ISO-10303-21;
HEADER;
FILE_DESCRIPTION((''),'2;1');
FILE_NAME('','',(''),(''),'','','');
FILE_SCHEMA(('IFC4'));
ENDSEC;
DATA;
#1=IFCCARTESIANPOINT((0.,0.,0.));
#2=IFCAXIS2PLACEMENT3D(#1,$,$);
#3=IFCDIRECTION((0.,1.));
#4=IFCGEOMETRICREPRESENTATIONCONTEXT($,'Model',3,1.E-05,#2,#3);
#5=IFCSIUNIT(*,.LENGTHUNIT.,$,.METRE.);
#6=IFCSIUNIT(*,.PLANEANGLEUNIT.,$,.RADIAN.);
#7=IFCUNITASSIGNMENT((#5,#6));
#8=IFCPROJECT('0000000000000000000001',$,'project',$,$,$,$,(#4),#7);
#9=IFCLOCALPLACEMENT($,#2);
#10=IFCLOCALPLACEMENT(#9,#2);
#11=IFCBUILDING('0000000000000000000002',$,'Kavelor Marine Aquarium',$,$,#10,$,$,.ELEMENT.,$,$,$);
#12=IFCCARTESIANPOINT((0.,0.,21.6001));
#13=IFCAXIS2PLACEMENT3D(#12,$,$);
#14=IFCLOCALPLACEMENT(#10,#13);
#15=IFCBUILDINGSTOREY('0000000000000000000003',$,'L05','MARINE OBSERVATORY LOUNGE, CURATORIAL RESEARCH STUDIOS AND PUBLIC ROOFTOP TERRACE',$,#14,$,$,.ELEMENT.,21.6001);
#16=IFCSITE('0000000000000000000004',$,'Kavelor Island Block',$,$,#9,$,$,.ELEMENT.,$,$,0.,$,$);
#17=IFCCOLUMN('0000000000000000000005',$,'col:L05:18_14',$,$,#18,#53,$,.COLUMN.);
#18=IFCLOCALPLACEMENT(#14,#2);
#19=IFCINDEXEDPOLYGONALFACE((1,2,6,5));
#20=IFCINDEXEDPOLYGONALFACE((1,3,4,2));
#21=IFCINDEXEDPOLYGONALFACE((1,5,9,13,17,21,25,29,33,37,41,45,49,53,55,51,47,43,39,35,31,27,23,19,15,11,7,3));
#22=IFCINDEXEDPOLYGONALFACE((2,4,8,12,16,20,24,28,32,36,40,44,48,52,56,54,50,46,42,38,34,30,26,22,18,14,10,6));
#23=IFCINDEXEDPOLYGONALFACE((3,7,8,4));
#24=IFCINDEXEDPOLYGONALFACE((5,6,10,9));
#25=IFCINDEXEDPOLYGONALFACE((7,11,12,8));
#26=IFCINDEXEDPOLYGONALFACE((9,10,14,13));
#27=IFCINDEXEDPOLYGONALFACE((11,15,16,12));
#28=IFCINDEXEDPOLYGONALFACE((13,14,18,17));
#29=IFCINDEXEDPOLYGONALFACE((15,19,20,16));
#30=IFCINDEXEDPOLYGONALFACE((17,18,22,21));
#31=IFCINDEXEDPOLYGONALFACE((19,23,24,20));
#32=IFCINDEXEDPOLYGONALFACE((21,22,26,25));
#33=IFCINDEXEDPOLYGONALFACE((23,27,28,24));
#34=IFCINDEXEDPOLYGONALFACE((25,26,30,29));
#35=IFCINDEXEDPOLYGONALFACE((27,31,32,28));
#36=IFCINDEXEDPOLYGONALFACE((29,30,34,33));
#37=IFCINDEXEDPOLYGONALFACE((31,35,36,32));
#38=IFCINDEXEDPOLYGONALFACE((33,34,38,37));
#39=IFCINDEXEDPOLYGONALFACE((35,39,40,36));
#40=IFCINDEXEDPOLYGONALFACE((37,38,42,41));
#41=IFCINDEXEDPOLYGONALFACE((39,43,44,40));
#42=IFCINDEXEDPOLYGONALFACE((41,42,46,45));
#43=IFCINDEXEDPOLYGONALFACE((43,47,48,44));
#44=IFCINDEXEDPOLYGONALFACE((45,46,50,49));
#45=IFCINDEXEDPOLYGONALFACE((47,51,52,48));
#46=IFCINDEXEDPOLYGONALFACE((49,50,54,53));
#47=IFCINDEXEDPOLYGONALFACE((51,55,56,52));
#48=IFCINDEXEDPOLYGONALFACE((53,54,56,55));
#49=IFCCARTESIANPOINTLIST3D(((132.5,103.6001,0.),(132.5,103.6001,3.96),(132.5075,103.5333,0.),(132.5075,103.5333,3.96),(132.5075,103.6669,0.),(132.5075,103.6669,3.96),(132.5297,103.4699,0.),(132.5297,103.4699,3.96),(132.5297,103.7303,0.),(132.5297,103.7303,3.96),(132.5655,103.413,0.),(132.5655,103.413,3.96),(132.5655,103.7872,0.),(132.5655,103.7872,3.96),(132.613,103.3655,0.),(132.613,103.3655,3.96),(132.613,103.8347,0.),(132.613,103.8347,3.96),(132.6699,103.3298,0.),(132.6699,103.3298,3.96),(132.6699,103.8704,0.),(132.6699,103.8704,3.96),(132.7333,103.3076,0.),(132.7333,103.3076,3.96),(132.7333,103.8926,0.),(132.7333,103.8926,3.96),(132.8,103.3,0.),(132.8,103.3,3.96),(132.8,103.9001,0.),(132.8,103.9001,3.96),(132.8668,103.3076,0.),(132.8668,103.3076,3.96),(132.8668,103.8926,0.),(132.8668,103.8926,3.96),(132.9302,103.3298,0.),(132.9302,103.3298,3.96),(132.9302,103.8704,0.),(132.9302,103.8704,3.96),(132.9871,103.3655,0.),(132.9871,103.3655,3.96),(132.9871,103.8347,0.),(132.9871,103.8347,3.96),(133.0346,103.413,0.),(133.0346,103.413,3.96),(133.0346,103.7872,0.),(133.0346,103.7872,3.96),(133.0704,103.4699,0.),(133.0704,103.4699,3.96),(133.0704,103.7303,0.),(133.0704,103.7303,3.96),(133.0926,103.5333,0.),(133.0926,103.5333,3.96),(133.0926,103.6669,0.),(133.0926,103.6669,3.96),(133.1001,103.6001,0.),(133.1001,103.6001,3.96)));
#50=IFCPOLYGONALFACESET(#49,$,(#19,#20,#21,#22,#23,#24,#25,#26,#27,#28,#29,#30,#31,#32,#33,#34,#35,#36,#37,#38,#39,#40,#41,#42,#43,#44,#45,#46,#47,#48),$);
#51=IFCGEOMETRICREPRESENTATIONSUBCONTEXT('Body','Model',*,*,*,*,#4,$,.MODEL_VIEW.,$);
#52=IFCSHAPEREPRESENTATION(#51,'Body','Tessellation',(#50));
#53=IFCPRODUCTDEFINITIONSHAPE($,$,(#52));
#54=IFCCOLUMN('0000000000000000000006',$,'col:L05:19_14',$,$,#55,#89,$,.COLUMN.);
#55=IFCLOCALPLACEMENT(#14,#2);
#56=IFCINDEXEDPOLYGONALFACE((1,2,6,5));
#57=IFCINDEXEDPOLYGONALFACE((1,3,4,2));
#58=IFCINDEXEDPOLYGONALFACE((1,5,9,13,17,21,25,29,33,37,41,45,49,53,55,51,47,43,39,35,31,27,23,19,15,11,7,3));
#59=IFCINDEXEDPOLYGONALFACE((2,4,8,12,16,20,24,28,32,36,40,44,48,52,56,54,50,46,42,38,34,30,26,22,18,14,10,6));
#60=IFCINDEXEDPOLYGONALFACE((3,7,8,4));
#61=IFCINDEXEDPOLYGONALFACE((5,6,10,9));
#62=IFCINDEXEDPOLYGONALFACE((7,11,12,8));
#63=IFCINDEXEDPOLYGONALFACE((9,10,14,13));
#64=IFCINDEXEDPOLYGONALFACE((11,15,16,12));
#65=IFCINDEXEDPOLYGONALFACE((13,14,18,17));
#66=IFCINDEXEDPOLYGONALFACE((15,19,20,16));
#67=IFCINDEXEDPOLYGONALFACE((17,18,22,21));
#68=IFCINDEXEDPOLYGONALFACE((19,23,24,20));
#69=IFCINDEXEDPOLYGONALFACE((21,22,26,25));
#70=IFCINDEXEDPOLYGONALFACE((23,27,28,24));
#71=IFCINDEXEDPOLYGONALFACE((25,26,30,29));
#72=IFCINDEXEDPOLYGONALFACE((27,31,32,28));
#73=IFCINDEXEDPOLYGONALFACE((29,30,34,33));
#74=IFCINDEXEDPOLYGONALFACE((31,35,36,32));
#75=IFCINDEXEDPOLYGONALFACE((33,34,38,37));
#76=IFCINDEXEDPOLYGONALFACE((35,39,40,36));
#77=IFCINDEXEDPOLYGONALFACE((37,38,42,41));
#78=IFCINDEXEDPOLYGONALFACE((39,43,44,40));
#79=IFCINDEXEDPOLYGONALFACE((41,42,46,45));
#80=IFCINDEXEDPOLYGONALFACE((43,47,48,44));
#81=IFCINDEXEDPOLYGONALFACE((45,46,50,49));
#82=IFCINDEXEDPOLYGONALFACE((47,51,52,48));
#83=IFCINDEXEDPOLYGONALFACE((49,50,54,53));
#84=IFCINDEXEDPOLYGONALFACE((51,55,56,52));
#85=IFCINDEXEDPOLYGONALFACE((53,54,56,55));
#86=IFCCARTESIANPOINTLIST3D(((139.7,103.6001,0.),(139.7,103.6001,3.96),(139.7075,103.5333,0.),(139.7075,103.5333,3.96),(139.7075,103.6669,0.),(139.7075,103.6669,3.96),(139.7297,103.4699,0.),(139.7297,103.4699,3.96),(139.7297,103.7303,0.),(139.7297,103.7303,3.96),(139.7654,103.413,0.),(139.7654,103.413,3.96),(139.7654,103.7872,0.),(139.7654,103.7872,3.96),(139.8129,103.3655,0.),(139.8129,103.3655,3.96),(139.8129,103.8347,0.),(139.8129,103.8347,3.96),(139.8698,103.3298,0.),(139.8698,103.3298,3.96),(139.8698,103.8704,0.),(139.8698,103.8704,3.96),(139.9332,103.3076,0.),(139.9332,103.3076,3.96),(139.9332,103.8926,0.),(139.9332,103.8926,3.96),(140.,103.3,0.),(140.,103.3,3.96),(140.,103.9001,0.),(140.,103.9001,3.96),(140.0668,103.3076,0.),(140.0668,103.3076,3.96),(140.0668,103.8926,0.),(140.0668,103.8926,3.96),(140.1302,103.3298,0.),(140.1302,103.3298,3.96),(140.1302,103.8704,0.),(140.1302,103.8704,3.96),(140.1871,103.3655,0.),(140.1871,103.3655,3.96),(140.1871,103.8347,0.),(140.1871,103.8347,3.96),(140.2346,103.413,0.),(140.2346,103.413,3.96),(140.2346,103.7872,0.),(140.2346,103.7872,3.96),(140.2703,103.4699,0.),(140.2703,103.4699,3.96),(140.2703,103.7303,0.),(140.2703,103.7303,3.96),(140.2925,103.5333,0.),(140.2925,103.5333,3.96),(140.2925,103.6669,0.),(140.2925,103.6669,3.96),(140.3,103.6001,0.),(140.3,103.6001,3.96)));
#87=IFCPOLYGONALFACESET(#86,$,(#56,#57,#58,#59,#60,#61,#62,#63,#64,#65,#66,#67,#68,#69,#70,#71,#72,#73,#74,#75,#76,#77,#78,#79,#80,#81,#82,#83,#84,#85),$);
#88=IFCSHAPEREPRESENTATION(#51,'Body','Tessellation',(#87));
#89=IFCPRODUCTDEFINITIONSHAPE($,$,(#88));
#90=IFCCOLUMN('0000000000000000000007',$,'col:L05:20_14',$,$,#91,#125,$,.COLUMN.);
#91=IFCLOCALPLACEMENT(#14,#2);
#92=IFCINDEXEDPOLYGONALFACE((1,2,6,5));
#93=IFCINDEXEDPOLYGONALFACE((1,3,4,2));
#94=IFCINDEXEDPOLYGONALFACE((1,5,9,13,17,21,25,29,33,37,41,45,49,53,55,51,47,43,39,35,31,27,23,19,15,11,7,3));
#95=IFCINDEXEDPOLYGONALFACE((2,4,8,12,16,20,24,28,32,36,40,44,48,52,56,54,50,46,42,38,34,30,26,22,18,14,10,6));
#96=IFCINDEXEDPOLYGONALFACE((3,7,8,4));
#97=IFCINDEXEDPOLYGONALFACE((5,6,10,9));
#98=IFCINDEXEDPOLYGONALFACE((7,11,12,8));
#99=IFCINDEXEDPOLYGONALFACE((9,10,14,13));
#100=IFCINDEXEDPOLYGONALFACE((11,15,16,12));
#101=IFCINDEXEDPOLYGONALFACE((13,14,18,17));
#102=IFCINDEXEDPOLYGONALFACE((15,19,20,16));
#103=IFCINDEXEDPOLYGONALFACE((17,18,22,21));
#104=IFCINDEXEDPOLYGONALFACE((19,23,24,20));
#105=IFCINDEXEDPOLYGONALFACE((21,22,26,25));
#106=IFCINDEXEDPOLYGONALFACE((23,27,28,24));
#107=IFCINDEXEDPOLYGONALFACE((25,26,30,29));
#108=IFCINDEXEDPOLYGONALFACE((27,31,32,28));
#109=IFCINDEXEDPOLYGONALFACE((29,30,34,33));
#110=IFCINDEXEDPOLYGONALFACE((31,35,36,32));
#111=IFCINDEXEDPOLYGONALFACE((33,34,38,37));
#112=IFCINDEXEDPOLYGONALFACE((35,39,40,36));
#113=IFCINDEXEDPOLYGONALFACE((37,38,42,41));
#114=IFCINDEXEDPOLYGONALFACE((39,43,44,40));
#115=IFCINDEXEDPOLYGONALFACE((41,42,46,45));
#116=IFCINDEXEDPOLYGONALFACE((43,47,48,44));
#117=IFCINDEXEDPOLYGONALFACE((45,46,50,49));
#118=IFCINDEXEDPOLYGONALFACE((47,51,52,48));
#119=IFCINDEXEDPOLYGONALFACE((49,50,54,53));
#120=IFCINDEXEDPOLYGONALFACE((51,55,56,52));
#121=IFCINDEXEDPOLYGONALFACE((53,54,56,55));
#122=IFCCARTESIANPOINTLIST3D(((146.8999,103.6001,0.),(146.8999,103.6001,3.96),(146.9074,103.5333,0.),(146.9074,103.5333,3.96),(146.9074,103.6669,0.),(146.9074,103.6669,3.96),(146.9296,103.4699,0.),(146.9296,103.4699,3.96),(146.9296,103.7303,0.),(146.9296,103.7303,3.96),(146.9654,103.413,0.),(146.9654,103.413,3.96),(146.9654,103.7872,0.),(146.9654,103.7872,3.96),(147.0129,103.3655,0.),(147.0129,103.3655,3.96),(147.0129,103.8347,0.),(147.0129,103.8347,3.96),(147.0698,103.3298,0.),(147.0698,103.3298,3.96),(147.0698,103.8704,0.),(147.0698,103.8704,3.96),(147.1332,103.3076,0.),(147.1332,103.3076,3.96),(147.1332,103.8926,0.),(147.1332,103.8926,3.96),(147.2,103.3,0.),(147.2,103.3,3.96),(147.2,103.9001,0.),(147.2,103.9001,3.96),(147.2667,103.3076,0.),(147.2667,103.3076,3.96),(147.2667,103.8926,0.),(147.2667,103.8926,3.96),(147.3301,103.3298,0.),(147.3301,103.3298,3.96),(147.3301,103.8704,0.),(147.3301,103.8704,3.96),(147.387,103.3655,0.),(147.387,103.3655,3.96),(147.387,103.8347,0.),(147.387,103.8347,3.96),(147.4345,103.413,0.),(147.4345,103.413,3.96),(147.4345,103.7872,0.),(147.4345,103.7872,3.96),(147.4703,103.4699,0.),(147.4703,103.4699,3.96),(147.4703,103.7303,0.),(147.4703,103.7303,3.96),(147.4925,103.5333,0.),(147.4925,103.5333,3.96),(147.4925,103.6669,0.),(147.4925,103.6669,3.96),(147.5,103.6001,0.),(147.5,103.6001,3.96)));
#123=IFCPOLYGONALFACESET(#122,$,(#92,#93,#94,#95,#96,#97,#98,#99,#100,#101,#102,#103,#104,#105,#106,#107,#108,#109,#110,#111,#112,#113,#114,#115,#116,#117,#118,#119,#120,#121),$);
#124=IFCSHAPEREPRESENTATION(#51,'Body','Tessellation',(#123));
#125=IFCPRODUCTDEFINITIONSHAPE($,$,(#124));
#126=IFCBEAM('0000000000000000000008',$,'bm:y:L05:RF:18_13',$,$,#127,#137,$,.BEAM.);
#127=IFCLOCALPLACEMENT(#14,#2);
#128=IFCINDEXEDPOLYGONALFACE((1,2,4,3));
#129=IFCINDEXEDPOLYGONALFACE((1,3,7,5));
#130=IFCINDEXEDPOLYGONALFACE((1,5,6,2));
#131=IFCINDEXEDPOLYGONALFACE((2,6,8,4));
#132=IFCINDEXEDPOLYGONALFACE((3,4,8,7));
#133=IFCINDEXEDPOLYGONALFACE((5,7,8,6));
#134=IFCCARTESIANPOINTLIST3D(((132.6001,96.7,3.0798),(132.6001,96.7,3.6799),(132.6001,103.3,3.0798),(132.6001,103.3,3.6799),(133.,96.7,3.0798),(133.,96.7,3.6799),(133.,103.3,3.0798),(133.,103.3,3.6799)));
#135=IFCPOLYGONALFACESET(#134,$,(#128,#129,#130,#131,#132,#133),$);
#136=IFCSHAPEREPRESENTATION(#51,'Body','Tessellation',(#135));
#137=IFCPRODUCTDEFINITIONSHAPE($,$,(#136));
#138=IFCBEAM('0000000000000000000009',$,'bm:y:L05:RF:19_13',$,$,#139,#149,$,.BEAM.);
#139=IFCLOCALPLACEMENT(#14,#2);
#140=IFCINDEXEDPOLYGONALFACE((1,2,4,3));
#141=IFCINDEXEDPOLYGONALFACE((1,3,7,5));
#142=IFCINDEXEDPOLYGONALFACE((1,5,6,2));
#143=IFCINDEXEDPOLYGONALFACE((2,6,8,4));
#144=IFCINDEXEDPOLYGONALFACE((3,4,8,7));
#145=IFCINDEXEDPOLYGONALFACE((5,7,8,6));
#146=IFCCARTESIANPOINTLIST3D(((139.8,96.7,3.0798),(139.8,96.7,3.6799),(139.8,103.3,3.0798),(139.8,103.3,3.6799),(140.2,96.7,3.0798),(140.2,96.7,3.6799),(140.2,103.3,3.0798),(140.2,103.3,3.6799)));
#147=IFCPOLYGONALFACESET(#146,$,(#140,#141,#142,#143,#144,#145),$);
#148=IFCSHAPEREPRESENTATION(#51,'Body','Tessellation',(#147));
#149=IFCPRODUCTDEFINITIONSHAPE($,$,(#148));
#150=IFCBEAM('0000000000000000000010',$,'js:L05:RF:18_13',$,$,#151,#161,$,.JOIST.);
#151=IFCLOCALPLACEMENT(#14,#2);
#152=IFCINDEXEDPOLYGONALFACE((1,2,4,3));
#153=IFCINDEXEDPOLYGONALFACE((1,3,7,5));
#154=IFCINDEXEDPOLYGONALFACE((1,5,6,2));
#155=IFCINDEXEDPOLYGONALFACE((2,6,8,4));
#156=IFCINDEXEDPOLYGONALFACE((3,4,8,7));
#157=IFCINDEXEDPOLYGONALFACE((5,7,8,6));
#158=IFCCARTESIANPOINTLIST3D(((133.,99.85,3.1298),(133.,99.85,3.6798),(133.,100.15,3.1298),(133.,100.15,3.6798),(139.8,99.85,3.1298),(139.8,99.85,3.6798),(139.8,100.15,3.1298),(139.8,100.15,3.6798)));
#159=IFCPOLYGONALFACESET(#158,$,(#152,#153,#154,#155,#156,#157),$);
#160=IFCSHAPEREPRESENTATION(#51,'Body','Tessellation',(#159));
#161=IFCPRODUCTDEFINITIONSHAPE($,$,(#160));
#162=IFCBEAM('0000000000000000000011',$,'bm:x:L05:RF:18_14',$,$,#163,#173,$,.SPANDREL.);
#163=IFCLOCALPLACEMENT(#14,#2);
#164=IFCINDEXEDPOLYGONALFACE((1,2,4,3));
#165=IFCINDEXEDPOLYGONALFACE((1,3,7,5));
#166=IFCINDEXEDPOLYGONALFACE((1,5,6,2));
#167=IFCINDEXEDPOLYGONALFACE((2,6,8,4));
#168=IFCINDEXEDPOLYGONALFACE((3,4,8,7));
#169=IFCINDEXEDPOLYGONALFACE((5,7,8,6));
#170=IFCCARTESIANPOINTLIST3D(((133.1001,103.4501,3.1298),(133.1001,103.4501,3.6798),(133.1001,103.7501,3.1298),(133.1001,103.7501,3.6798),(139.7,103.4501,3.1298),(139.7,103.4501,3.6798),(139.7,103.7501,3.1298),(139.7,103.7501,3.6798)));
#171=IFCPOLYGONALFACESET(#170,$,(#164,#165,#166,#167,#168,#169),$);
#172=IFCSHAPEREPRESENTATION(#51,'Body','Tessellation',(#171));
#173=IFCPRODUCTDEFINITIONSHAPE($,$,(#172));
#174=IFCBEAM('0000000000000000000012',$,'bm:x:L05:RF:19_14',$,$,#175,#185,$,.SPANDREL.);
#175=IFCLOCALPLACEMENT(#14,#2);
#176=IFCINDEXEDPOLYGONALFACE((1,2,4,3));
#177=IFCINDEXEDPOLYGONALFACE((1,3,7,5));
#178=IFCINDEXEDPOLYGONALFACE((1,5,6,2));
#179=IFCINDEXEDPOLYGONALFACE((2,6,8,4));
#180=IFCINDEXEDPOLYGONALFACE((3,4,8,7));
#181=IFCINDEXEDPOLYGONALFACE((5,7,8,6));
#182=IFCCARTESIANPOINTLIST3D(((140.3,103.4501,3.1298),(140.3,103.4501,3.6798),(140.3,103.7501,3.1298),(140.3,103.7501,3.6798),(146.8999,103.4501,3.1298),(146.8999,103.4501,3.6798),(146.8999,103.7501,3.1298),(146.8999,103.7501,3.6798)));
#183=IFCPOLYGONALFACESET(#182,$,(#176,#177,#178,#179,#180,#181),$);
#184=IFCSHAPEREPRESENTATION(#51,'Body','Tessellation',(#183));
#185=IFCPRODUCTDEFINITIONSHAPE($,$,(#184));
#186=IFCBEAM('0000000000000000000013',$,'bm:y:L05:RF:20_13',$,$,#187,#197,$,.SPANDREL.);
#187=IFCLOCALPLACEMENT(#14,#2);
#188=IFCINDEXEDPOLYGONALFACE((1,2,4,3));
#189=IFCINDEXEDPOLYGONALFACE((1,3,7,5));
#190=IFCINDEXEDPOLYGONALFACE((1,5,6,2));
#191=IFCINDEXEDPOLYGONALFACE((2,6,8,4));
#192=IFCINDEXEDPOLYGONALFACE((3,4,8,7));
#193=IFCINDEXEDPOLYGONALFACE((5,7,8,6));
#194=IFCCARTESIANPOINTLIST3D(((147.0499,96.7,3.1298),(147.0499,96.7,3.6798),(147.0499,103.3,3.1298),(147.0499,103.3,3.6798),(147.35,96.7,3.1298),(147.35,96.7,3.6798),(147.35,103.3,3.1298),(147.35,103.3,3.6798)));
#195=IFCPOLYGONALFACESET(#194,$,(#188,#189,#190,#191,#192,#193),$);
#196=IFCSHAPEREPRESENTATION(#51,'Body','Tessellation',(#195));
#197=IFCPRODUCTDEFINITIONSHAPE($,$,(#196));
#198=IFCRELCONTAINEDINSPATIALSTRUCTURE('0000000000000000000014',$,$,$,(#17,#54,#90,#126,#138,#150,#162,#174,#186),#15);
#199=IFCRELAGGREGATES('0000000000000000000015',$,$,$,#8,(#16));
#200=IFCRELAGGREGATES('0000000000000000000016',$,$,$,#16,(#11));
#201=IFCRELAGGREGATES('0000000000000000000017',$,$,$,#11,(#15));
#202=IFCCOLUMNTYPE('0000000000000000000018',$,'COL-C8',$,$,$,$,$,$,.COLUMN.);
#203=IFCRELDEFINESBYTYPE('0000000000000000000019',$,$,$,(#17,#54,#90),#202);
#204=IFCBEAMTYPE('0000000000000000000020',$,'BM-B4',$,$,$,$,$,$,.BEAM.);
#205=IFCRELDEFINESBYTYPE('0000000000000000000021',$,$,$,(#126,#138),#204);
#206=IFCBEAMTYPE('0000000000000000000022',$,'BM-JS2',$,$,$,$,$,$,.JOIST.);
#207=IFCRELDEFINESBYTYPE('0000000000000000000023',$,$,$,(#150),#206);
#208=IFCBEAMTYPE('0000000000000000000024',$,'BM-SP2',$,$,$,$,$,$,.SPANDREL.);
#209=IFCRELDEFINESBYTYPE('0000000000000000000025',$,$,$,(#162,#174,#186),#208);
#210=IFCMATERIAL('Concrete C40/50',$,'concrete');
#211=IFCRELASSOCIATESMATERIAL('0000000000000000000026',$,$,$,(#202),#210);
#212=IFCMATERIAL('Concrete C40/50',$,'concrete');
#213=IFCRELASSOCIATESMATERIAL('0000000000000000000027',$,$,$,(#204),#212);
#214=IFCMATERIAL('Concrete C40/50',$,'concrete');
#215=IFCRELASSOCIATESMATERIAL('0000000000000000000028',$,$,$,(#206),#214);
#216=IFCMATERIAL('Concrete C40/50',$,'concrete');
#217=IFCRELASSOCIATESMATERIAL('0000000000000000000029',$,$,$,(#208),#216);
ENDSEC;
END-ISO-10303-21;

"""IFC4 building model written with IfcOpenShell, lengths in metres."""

from ifc_helpers import new_model, si_unit, direction, frame, origin, origin_2d, place, context, subcontext, project, spatial, rectangle, circle, extrude, material, material_profile, profile_set, type_object, element, save


model = new_model("IFC4")

# Units and contexts
model_context = context("Model", 3, precision=1e-05, world=origin(), true_north=direction((0.0, 1.0)))
body_context = subcontext(model_context, "Body", "Model", "MODEL_VIEW")
ifc_project = project(units=[si_unit("LENGTHUNIT", "METRE"), si_unit("PLANEANGLEUNIT", "RADIAN")], contexts=[model_context])

# Site, building, storey
site_placement = place(None, origin())
site = spatial("IfcSite", under=ifc_project, at=site_placement, Name="Kavelor Island Block", CompositionType="ELEMENT", RefElevation=0.0)
building_placement = place(site_placement, origin())
building = spatial("IfcBuilding", under=site, at=building_placement, Name="Kavelor Marine Aquarium", CompositionType="ELEMENT")
storey_placement = place(building_placement, frame((0.0, 0.0, 21.6001)))
storey = spatial("IfcBuildingStorey", under=building, at=storey_placement, Name="L05", Description="MARINE OBSERVATORY LOUNGE, CURATORIAL RESEARCH STUDIOS AND PUBLIC ROOFTOP TERRACE", CompositionType="ELEMENT", Elevation=21.6001)

# Columns
ifc_material_1 = material(Name="Concrete C40/50", Category="concrete")
ifc_material_profile_1 = material_profile(ifc_material_1, circle(Radius=0.3, at=origin_2d()), Name="RC-COL D600")
ifc_profile_set_1 = profile_set([ifc_material_profile_1], Name="Concrete C40/50")
column_type = type_object("IfcColumnType", Name="COL-C8", PredefinedType="COLUMN", material=ifc_profile_set_1)
for number, where, z_axis, x_axis, name in (
    (1, (132.8, 103.6001, 0.0), (0.0, 0.0, 1.0), (1.0, 0.0, 0.0), "col:L05:18_14"),
    (2, (140.0, 103.6001, 0.0), (0.0, 0.0, 1.0), (1.0, 0.0, 0.0), "col:L05:19_14"),
    (3, (147.2, 103.6001, 0.0), (0.0, 0.0, 1.0), (1.0, 0.0, 0.0), "col:L05:20_14"),
):
    element("IfcColumn", number, at=place(storey_placement, frame(where, z_axis=z_axis, x_axis=x_axis)), inside=storey, type_object=column_type, Name=name, PredefinedType="COLUMN", context=body_context, shape_type="SweptSolid", body=[
        extrude(circle(Radius=0.3, at=origin_2d()), origin(), (0.0, 0.0, 1.0), 3.96),
    ])

# Beams
ifc_material_2 = material(Name="Concrete C40/50", Category="concrete")
ifc_material_profile_2 = material_profile(ifc_material_2, rectangle(XDim=0.3999, YDim=0.6001, at=origin_2d()), Name="RC-BM 400x600")
ifc_profile_set_2 = profile_set([ifc_material_profile_2], Name="Concrete C40/50")
beam_type_1 = type_object("IfcBeamType", Name="BM-B4", PredefinedType="BEAM", material=ifc_profile_set_2)
for number, where, z_axis, x_axis, name in (
    (4, (132.8, 96.7, 3.3799), (0.0, 1.0, 0.0), (-1.0, 0.0, 0.0), "bm:y:L05:RF:18_13"),
    (5, (140.0, 96.7, 3.3799), (0.0, 1.0, 0.0), (-1.0, 0.0, 0.0), "bm:y:L05:RF:19_13"),
):
    element("IfcBeam", number, at=place(storey_placement, frame(where, z_axis=z_axis, x_axis=x_axis)), inside=storey, type_object=beam_type_1, Name=name, PredefinedType="BEAM", context=body_context, shape_type="SweptSolid", body=[
        extrude(rectangle(XDim=0.3999, YDim=0.6001, at=origin_2d()), origin(), (0.0, 0.0, 1.0), 6.6001),
    ])
ifc_material_3 = material(Name="Concrete C40/50", Category="concrete")
ifc_material_profile_3 = material_profile(ifc_material_3, rectangle(XDim=0.3, YDim=0.55, at=origin_2d()), Name="RC-JS 300x550")
ifc_profile_set_3 = profile_set([ifc_material_profile_3], Name="Concrete C40/50")
beam_type_2 = type_object("IfcBeamType", Name="BM-JS2", PredefinedType="JOIST", material=ifc_profile_set_3)
beam_1_placement = place(storey_placement, frame((133.0, 100.0, 3.4048), z_axis=(1.0, 0.0, 0.0), x_axis=(0.0, 1.0, 0.0)))
element("IfcBeam", 6, at=beam_1_placement, inside=storey, type_object=beam_type_2, Name="js:L05:RF:18_13", PredefinedType="JOIST", context=body_context, shape_type="SweptSolid", body=[
    extrude(rectangle(XDim=0.3, YDim=0.55, at=origin_2d()), origin(), (0.0, 0.0, 1.0), 6.8),
])
ifc_material_4 = material(Name="Concrete C40/50", Category="concrete")
ifc_material_profile_4 = material_profile(ifc_material_4, rectangle(XDim=0.3, YDim=0.55, at=origin_2d()), Name="RC-SP 300x550")
ifc_profile_set_4 = profile_set([ifc_material_profile_4], Name="Concrete C40/50")
beam_type_3 = type_object("IfcBeamType", Name="BM-SP2", PredefinedType="SPANDREL", material=ifc_profile_set_4)
for number, where, z_axis, x_axis, name in (
    (7, (133.1001, 103.6001, 3.4048), (1.0, 0.0, 0.0), (0.0, 1.0, 0.0), "bm:x:L05:RF:18_14"),
    (8, (140.3, 103.6001, 3.4048), (1.0, 0.0, 0.0), (0.0, 1.0, 0.0), "bm:x:L05:RF:19_14"),
):
    element("IfcBeam", number, at=place(storey_placement, frame(where, z_axis=z_axis, x_axis=x_axis)), inside=storey, type_object=beam_type_3, Name=name, PredefinedType="SPANDREL", context=body_context, shape_type="SweptSolid", body=[
        extrude(rectangle(XDim=0.3, YDim=0.55, at=origin_2d()), origin(), (0.0, 0.0, 1.0), 6.5999),
    ])
beam_2_placement = place(storey_placement, frame((147.2, 96.7, 3.4048), z_axis=(0.0, 1.0, 0.0), x_axis=(-1.0, 0.0, 0.0)))
element("IfcBeam", 9, at=beam_2_placement, inside=storey, type_object=beam_type_3, Name="bm:y:L05:RF:20_13", PredefinedType="SPANDREL", context=body_context, shape_type="SweptSolid", body=[
    extrude(rectangle(XDim=0.3, YDim=0.55, at=origin_2d()), origin(), (0.0, 0.0, 1.0), 6.6001),
])

save(model, "model.ifc")
